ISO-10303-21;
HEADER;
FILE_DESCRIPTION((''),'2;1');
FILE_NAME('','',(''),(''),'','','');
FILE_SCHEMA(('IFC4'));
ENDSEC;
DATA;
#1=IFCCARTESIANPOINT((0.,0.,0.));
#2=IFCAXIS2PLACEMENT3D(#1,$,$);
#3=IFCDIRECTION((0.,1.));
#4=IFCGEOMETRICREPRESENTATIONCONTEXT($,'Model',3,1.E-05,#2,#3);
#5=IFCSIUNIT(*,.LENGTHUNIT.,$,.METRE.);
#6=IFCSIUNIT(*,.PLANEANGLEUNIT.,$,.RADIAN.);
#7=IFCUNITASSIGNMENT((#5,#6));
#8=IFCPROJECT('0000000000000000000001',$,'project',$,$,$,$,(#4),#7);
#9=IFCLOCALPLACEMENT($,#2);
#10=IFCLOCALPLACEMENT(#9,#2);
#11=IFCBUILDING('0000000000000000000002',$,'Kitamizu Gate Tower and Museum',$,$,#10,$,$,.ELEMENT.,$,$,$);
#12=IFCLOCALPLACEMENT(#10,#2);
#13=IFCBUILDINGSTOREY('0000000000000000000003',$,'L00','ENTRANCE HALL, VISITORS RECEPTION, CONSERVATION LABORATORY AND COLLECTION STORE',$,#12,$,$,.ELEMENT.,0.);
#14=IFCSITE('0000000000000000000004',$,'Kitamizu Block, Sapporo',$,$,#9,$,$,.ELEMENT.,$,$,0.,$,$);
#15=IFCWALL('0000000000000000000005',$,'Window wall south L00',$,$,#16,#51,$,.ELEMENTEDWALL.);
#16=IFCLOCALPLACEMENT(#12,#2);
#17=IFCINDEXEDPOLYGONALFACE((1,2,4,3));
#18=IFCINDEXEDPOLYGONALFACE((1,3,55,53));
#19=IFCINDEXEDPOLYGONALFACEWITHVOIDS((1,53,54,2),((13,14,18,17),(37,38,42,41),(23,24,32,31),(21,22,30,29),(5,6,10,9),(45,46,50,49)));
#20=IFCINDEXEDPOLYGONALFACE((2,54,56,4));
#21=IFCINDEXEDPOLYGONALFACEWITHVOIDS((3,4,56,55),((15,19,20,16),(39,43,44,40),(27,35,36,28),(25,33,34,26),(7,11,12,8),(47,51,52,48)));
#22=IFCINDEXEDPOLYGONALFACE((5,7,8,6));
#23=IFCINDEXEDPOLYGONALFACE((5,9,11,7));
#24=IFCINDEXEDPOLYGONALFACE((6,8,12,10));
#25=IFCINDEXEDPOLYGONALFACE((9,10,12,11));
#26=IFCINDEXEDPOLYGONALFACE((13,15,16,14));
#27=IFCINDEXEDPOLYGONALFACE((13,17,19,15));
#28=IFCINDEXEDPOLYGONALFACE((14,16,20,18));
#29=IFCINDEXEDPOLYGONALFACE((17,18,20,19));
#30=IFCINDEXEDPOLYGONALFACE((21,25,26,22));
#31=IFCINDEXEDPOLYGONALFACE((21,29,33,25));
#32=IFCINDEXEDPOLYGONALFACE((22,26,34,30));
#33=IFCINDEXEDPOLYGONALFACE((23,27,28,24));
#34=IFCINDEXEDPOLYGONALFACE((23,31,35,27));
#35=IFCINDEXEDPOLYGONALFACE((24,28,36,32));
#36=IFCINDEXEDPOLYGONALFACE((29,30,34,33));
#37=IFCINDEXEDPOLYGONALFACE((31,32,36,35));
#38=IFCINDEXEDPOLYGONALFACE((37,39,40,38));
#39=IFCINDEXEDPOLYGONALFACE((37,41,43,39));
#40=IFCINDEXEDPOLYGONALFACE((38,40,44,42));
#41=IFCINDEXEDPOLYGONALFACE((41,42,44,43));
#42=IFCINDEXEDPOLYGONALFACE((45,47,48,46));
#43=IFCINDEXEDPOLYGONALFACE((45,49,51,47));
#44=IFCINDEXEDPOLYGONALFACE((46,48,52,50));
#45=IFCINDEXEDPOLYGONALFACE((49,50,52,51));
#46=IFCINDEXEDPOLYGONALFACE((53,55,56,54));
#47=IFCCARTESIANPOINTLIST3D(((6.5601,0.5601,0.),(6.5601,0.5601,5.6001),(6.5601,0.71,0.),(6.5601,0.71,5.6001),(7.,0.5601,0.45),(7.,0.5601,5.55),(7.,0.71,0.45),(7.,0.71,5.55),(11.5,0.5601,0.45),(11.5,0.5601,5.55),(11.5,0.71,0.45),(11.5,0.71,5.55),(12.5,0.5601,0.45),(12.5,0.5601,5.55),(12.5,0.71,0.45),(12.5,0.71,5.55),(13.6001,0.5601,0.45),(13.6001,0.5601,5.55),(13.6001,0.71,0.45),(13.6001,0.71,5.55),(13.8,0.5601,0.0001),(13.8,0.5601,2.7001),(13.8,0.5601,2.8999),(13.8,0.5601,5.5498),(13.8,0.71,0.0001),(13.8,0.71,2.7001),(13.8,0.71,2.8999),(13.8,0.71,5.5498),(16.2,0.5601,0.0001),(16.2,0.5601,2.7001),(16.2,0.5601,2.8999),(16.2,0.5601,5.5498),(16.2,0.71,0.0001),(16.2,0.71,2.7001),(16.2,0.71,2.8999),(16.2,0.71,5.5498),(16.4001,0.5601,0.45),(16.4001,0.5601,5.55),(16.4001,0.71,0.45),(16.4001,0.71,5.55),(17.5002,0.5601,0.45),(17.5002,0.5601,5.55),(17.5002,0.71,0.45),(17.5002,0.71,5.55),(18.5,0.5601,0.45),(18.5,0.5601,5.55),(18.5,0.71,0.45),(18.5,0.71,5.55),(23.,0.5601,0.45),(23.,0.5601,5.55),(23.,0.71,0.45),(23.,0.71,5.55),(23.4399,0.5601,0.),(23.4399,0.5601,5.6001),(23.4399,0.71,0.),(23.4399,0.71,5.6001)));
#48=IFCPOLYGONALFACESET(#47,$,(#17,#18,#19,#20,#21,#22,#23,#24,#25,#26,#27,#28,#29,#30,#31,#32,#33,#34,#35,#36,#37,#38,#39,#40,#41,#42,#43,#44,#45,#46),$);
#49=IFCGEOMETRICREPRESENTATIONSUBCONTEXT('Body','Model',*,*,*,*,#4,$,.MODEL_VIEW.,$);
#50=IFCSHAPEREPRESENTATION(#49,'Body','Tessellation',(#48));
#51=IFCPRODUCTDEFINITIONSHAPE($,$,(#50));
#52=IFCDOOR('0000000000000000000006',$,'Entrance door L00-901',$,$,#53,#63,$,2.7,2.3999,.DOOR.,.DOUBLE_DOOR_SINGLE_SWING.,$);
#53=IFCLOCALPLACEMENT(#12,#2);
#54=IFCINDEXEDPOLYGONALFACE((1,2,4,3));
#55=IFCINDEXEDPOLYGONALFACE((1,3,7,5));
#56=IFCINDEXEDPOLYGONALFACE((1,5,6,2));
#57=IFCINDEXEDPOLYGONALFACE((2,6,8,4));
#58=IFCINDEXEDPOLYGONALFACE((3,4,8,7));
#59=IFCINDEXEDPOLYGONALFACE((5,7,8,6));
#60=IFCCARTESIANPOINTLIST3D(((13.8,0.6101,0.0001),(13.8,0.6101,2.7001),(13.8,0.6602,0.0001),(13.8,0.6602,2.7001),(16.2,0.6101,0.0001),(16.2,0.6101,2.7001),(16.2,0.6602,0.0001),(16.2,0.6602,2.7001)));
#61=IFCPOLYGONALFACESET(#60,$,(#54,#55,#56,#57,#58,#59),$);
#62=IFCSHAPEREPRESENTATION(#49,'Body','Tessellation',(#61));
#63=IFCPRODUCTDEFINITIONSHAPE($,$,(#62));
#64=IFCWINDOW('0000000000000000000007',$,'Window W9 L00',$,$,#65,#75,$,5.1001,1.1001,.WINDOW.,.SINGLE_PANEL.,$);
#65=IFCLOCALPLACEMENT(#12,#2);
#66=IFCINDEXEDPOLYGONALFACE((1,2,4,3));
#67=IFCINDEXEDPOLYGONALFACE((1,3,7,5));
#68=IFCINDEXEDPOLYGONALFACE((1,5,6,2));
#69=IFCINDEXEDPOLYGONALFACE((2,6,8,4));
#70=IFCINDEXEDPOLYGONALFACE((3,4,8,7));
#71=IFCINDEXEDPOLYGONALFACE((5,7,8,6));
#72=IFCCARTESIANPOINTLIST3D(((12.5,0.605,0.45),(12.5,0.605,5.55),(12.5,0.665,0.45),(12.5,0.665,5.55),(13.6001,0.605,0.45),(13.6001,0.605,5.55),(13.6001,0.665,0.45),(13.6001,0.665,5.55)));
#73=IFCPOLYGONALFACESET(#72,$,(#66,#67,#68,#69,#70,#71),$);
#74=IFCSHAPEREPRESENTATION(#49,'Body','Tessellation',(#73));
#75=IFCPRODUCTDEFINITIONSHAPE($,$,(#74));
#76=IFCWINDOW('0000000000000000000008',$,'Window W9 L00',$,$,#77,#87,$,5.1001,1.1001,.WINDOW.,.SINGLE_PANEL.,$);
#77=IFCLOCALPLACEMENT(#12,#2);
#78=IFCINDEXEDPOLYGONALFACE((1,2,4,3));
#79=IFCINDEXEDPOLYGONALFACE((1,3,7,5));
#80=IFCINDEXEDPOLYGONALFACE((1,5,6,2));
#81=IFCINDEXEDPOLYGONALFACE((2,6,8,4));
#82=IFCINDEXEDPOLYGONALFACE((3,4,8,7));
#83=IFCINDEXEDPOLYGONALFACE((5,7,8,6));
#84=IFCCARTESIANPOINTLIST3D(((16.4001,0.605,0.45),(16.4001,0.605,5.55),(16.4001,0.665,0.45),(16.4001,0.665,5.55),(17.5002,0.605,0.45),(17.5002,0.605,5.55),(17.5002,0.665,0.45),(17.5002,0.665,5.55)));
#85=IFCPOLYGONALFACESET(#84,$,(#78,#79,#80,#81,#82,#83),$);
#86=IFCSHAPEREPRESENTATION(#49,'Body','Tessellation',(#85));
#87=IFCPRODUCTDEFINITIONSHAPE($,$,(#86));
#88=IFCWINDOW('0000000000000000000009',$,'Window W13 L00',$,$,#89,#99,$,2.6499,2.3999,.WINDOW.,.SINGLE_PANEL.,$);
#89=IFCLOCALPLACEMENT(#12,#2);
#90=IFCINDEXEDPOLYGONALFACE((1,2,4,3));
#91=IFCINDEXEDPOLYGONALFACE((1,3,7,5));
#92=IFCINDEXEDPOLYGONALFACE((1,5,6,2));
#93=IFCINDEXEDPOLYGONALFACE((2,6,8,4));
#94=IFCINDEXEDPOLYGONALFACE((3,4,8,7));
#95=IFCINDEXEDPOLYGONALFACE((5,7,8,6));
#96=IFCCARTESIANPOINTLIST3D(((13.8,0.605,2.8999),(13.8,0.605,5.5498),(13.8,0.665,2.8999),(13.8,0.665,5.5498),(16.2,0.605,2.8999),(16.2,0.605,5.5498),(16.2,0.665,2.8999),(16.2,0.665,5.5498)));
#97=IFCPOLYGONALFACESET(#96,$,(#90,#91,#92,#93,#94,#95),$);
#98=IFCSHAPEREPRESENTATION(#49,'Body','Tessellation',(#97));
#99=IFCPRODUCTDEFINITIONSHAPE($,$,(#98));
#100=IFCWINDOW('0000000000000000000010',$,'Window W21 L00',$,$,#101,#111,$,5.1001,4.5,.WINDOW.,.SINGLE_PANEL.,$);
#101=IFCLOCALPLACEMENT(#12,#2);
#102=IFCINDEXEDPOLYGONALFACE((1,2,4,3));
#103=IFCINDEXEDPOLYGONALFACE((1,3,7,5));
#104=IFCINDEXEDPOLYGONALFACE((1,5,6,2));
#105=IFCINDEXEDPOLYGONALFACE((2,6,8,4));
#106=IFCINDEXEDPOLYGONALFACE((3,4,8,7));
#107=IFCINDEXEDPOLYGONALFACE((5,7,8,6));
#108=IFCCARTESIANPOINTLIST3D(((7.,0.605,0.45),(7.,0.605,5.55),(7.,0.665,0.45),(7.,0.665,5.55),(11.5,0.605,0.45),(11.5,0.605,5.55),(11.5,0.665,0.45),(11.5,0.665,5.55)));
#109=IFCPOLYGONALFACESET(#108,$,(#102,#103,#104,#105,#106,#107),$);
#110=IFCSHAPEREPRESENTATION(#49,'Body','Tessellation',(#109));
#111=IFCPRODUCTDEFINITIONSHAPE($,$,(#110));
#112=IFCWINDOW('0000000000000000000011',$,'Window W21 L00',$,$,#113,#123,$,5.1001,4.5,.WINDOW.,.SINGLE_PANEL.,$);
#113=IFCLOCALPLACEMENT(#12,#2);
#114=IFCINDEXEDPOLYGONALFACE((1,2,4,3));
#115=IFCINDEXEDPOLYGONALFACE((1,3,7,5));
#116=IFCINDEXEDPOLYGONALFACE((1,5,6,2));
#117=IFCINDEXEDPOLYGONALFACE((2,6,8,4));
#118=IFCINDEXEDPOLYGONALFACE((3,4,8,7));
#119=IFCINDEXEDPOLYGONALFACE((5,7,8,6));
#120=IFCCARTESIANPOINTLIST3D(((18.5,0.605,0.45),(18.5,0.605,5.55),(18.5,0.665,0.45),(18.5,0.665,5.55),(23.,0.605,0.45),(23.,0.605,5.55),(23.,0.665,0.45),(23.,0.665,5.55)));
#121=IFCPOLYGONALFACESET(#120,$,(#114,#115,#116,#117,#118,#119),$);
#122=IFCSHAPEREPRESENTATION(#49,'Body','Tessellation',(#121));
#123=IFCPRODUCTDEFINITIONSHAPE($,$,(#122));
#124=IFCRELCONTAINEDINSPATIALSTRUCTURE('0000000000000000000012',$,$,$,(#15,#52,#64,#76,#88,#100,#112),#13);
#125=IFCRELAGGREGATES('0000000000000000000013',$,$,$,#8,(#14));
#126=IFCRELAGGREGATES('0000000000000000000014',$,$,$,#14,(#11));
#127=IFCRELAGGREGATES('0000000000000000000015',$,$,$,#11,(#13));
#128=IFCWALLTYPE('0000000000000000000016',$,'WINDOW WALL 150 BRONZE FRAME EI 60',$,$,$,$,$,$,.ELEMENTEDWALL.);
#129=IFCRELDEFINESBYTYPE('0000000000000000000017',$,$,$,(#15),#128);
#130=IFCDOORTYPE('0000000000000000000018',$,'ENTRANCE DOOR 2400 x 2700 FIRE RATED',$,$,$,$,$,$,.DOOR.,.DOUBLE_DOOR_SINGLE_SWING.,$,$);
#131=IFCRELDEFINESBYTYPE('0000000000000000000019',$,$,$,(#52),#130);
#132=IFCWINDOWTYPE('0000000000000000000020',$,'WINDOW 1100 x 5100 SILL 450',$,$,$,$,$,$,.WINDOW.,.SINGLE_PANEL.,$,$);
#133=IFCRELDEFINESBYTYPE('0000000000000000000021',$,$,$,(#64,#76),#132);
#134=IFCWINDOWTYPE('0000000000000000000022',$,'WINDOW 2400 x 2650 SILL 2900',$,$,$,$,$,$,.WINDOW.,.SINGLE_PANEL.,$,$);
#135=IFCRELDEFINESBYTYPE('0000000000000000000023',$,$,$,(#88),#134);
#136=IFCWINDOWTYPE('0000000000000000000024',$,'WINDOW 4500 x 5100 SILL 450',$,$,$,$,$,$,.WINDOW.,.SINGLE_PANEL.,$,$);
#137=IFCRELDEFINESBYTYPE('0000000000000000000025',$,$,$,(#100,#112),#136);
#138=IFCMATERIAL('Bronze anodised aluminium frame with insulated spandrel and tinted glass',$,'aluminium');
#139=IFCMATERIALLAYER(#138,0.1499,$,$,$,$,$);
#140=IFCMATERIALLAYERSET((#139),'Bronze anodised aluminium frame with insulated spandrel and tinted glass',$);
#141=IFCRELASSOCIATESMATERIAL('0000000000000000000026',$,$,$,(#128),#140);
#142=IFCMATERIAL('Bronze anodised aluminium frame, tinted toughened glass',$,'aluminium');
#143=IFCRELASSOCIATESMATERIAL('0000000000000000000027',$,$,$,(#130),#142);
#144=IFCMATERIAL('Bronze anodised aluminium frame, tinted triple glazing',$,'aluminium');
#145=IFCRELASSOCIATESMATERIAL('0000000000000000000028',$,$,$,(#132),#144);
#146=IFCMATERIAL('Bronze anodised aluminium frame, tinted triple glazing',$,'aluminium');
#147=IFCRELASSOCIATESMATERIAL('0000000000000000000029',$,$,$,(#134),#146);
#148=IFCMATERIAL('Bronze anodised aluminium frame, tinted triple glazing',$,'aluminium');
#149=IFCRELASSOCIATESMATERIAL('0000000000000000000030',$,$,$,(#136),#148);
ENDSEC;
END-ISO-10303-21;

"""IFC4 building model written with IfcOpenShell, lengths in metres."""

from ifc_helpers import new_model, si_unit, direction, frame, frame_2d, origin, place, context, subcontext, project, spatial, rectangle, extrude, material, layer, layer_set, type_object, element, fill, save


model = new_model("IFC4")

# Units and contexts
model_context = context("Model", 3, precision=1e-05, world=origin(), true_north=direction((0.0, 1.0)))
body_context = subcontext(model_context, "Body", "Model", "MODEL_VIEW")
ifc_project = project(units=[si_unit("LENGTHUNIT", "METRE"), si_unit("PLANEANGLEUNIT", "RADIAN")], contexts=[model_context])

# Site, building, storey
site_placement = place(None, origin())
site = spatial("IfcSite", under=ifc_project, at=site_placement, Name="Kitamizu Block, Sapporo", CompositionType="ELEMENT", RefElevation=0.0)
building_placement = place(site_placement, origin())
building = spatial("IfcBuilding", under=site, at=building_placement, Name="Kitamizu Gate Tower and Museum", CompositionType="ELEMENT")
storey_placement = place(building_placement, origin())
storey = spatial("IfcBuildingStorey", under=building, at=storey_placement, Name="L00", Description="ENTRANCE HALL, VISITORS RECEPTION, CONSERVATION LABORATORY AND COLLECTION STORE", CompositionType="ELEMENT", Elevation=0.0)

# Shared definitions
ifc_material_1 = material(Name="Bronze anodised aluminium frame with insulated spandrel and tinted glass", Category="aluminium")
ifc_layer_1 = layer(ifc_material_1, 0.1499)
ifc_layer_set_1 = layer_set([ifc_layer_1], Name="Bronze anodised aluminium frame with insulated spandrel and tinted glass")
wall_type_1 = type_object("IfcWallType", Name="WINDOW WALL 150 BRONZE FRAME EI 60", PredefinedType="ELEMENTEDWALL", material=ifc_layer_set_1)

# Wall, openings, door, windows
wall_1_placement = place(storey_placement, frame((6.5601, 0.635, 0.0), z_axis=(0.0, 0.0, 1.0), x_axis=(1.0, 0.0, 0.0)))
wall_1 = element("IfcWall", 1, at=wall_1_placement, inside=storey, type_object=wall_type_1, Name="Window wall south L00", PredefinedType="ELEMENTEDWALL", context=body_context, shape_type="SweptSolid", body=[
    extrude(rectangle(XDim=16.8799, YDim=0.1499, at=frame_2d((8.4399, 0.0))), origin(), (0.0, 0.0, 1.0), 5.6001),
])
opening_1_placement = place(wall_1_placement, frame((0.4399, 0.0, 0.45)))
opening_1 = element("IfcOpeningElement", 2, at=opening_1_placement, cuts=wall_1, PredefinedType="OPENING", context=body_context, shape_type="SweptSolid", body=[
    extrude(rectangle(XDim=4.5, YDim=5.1001, at=frame_2d((2.25, 2.55))), frame((0.0, 0.085, 0.0), z_axis=(0.0, -1.0, 0.0), x_axis=(1.0, 0.0, 0.0)), (0.0, 0.0, 1.0), 0.1699),
])
opening_2_placement = place(wall_1_placement, frame((5.9399, 0.0, 0.45)))
opening_2 = element("IfcOpeningElement", 3, at=opening_2_placement, cuts=wall_1, PredefinedType="OPENING", context=body_context, shape_type="SweptSolid", body=[
    extrude(rectangle(XDim=1.1001, YDim=5.1001, at=frame_2d((0.55, 2.55))), frame((0.0, 0.085, 0.0), z_axis=(0.0, -1.0, 0.0), x_axis=(1.0, 0.0, 0.0)), (0.0, 0.0, 1.0), 0.1699),
])
opening_3_placement = place(wall_1_placement, frame((9.8401, 0.0, 0.45)))
opening_3 = element("IfcOpeningElement", 4, at=opening_3_placement, cuts=wall_1, PredefinedType="OPENING", context=body_context, shape_type="SweptSolid", body=[
    extrude(rectangle(XDim=1.1001, YDim=5.1001, at=frame_2d((0.55, 2.55))), frame((0.0, 0.085, 0.0), z_axis=(0.0, -1.0, 0.0), x_axis=(1.0, 0.0, 0.0)), (0.0, 0.0, 1.0), 0.1699),
])
opening_4_placement = place(wall_1_placement, frame((7.24, 0.0, 0.0)))
opening_4 = element("IfcOpeningElement", 5, at=opening_4_placement, cuts=wall_1, PredefinedType="OPENING", context=body_context, shape_type="SweptSolid", body=[
    extrude(rectangle(XDim=2.3999, YDim=2.7, at=frame_2d((1.2, 1.3501))), frame((0.0, 0.085, 0.0), z_axis=(0.0, -1.0, 0.0), x_axis=(1.0, 0.0, 0.0)), (0.0, 0.0, 1.0), 0.1699),
])
opening_5_placement = place(wall_1_placement, frame((7.24, 0.0, 2.8999)))
opening_5 = element("IfcOpeningElement", 6, at=opening_5_placement, cuts=wall_1, PredefinedType="OPENING", context=body_context, shape_type="SweptSolid", body=[
    extrude(rectangle(XDim=2.3999, YDim=2.6499, at=frame_2d((1.2, 1.325))), frame((0.0, 0.085, 0.0), z_axis=(0.0, -1.0, 0.0), x_axis=(1.0, 0.0, 0.0)), (0.0, 0.0, 1.0), 0.1699),
])
opening_6_placement = place(wall_1_placement, frame((11.9399, 0.0, 0.45)))
opening_6 = element("IfcOpeningElement", 7, at=opening_6_placement, cuts=wall_1, PredefinedType="OPENING", context=body_context, shape_type="SweptSolid", body=[
    extrude(rectangle(XDim=4.5, YDim=5.1001, at=frame_2d((2.25, 2.55))), frame((0.0, 0.085, 0.0), z_axis=(0.0, -1.0, 0.0), x_axis=(1.0, 0.0, 0.0)), (0.0, 0.0, 1.0), 0.1699),
])
ifc_material_2 = material(Name="Bronze anodised aluminium frame, tinted toughened glass", Category="aluminium")
door_type = type_object("IfcDoorType", Name="ENTRANCE DOOR 2400 x 2700 FIRE RATED", OperationType="DOUBLE_DOOR_SINGLE_SWING", PredefinedType="DOOR", material=ifc_material_2)
door_placement = place(opening_4_placement, frame((2.3999, 0.0, 0.0), x_axis=(-1.0, 0.0, 0.0)))
door = element("IfcDoor", 8, at=door_placement, inside=storey, type_object=door_type, Name="Entrance door L00-901", OperationType="DOUBLE_DOOR_SINGLE_SWING", OverallHeight=2.7, OverallWidth=2.3999, PredefinedType="DOOR", context=body_context, shape_type="SweptSolid", body=[
    extrude(rectangle(XDim=2.3999, YDim=2.7, at=frame_2d((1.2, 1.3501))), frame((0.0, 0.0249, 0.0), z_axis=(0.0, -1.0, 0.0), x_axis=(1.0, 0.0, 0.0)), (0.0, 0.0, 1.0), 0.05),
])
fill(opening_4, door)
ifc_material_3 = material(Name="Bronze anodised aluminium frame, tinted triple glazing", Category="aluminium")
window_type_1 = type_object("IfcWindowType", Name="WINDOW 1100 x 5100 SILL 450", PartitioningType="SINGLE_PANEL", PredefinedType="WINDOW", material=ifc_material_3)
window_1_placement = place(opening_2_placement, origin())
window_1 = element("IfcWindow", 9, at=window_1_placement, inside=storey, type_object=window_type_1, Name="Window W9 L00", OverallHeight=5.1001, OverallWidth=1.1001, PartitioningType="SINGLE_PANEL", PredefinedType="WINDOW", context=body_context, shape_type="SweptSolid", body=[
    extrude(rectangle(XDim=1.1001, YDim=5.1001, at=frame_2d((0.55, 2.55))), frame((0.0, 0.03, 0.0), z_axis=(0.0, -1.0, 0.0), x_axis=(1.0, 0.0, 0.0)), (0.0, 0.0, 1.0), 0.0601),
])
fill(opening_2, window_1)
window_2_placement = place(opening_3_placement, origin())
window_2 = element("IfcWindow", 10, at=window_2_placement, inside=storey, type_object=window_type_1, Name="Window W9 L00", OverallHeight=5.1001, OverallWidth=1.1001, PartitioningType="SINGLE_PANEL", PredefinedType="WINDOW", context=body_context, shape_type="SweptSolid", body=[
    extrude(rectangle(XDim=1.1001, YDim=5.1001, at=frame_2d((0.55, 2.55))), frame((0.0, 0.03, 0.0), z_axis=(0.0, -1.0, 0.0), x_axis=(1.0, 0.0, 0.0)), (0.0, 0.0, 1.0), 0.0601),
])
fill(opening_3, window_2)
ifc_material_4 = material(Name="Bronze anodised aluminium frame, tinted triple glazing", Category="aluminium")
window_type_2 = type_object("IfcWindowType", Name="WINDOW 2400 x 2650 SILL 2900", PartitioningType="SINGLE_PANEL", PredefinedType="WINDOW", material=ifc_material_4)
window_3_placement = place(opening_5_placement, origin())
window_3 = element("IfcWindow", 11, at=window_3_placement, inside=storey, type_object=window_type_2, Name="Window W13 L00", OverallHeight=2.6499, OverallWidth=2.3999, PartitioningType="SINGLE_PANEL", PredefinedType="WINDOW", context=body_context, shape_type="SweptSolid", body=[
    extrude(rectangle(XDim=2.3999, YDim=2.6499, at=frame_2d((1.2, 1.325))), frame((0.0, 0.03, 0.0), z_axis=(0.0, -1.0, 0.0), x_axis=(1.0, 0.0, 0.0)), (0.0, 0.0, 1.0), 0.0601),
])
fill(opening_5, window_3)
ifc_material_5 = material(Name="Bronze anodised aluminium frame, tinted triple glazing", Category="aluminium")
window_type_3 = type_object("IfcWindowType", Name="WINDOW 4500 x 5100 SILL 450", PartitioningType="SINGLE_PANEL", PredefinedType="WINDOW", material=ifc_material_5)
window_4_placement = place(opening_1_placement, origin())
window_4 = element("IfcWindow", 12, at=window_4_placement, inside=storey, type_object=window_type_3, Name="Window W21 L00", OverallHeight=5.1001, OverallWidth=4.5, PartitioningType="SINGLE_PANEL", PredefinedType="WINDOW", context=body_context, shape_type="SweptSolid", body=[
    extrude(rectangle(XDim=4.5, YDim=5.1001, at=frame_2d((2.25, 2.55))), frame((0.0, 0.03, 0.0), z_axis=(0.0, -1.0, 0.0), x_axis=(1.0, 0.0, 0.0)), (0.0, 0.0, 1.0), 0.0601),
])
fill(opening_1, window_4)
window_5_placement = place(opening_6_placement, origin())
window_5 = element("IfcWindow", 13, at=window_5_placement, inside=storey, type_object=window_type_3, Name="Window W21 L00", OverallHeight=5.1001, OverallWidth=4.5, PartitioningType="SINGLE_PANEL", PredefinedType="WINDOW", context=body_context, shape_type="SweptSolid", body=[
    extrude(rectangle(XDim=4.5, YDim=5.1001, at=frame_2d((2.25, 2.55))), frame((0.0, 0.03, 0.0), z_axis=(0.0, -1.0, 0.0), x_axis=(1.0, 0.0, 0.0)), (0.0, 0.0, 1.0), 0.0601),
])
fill(opening_6, window_5)

save(model, "model.ifc")
